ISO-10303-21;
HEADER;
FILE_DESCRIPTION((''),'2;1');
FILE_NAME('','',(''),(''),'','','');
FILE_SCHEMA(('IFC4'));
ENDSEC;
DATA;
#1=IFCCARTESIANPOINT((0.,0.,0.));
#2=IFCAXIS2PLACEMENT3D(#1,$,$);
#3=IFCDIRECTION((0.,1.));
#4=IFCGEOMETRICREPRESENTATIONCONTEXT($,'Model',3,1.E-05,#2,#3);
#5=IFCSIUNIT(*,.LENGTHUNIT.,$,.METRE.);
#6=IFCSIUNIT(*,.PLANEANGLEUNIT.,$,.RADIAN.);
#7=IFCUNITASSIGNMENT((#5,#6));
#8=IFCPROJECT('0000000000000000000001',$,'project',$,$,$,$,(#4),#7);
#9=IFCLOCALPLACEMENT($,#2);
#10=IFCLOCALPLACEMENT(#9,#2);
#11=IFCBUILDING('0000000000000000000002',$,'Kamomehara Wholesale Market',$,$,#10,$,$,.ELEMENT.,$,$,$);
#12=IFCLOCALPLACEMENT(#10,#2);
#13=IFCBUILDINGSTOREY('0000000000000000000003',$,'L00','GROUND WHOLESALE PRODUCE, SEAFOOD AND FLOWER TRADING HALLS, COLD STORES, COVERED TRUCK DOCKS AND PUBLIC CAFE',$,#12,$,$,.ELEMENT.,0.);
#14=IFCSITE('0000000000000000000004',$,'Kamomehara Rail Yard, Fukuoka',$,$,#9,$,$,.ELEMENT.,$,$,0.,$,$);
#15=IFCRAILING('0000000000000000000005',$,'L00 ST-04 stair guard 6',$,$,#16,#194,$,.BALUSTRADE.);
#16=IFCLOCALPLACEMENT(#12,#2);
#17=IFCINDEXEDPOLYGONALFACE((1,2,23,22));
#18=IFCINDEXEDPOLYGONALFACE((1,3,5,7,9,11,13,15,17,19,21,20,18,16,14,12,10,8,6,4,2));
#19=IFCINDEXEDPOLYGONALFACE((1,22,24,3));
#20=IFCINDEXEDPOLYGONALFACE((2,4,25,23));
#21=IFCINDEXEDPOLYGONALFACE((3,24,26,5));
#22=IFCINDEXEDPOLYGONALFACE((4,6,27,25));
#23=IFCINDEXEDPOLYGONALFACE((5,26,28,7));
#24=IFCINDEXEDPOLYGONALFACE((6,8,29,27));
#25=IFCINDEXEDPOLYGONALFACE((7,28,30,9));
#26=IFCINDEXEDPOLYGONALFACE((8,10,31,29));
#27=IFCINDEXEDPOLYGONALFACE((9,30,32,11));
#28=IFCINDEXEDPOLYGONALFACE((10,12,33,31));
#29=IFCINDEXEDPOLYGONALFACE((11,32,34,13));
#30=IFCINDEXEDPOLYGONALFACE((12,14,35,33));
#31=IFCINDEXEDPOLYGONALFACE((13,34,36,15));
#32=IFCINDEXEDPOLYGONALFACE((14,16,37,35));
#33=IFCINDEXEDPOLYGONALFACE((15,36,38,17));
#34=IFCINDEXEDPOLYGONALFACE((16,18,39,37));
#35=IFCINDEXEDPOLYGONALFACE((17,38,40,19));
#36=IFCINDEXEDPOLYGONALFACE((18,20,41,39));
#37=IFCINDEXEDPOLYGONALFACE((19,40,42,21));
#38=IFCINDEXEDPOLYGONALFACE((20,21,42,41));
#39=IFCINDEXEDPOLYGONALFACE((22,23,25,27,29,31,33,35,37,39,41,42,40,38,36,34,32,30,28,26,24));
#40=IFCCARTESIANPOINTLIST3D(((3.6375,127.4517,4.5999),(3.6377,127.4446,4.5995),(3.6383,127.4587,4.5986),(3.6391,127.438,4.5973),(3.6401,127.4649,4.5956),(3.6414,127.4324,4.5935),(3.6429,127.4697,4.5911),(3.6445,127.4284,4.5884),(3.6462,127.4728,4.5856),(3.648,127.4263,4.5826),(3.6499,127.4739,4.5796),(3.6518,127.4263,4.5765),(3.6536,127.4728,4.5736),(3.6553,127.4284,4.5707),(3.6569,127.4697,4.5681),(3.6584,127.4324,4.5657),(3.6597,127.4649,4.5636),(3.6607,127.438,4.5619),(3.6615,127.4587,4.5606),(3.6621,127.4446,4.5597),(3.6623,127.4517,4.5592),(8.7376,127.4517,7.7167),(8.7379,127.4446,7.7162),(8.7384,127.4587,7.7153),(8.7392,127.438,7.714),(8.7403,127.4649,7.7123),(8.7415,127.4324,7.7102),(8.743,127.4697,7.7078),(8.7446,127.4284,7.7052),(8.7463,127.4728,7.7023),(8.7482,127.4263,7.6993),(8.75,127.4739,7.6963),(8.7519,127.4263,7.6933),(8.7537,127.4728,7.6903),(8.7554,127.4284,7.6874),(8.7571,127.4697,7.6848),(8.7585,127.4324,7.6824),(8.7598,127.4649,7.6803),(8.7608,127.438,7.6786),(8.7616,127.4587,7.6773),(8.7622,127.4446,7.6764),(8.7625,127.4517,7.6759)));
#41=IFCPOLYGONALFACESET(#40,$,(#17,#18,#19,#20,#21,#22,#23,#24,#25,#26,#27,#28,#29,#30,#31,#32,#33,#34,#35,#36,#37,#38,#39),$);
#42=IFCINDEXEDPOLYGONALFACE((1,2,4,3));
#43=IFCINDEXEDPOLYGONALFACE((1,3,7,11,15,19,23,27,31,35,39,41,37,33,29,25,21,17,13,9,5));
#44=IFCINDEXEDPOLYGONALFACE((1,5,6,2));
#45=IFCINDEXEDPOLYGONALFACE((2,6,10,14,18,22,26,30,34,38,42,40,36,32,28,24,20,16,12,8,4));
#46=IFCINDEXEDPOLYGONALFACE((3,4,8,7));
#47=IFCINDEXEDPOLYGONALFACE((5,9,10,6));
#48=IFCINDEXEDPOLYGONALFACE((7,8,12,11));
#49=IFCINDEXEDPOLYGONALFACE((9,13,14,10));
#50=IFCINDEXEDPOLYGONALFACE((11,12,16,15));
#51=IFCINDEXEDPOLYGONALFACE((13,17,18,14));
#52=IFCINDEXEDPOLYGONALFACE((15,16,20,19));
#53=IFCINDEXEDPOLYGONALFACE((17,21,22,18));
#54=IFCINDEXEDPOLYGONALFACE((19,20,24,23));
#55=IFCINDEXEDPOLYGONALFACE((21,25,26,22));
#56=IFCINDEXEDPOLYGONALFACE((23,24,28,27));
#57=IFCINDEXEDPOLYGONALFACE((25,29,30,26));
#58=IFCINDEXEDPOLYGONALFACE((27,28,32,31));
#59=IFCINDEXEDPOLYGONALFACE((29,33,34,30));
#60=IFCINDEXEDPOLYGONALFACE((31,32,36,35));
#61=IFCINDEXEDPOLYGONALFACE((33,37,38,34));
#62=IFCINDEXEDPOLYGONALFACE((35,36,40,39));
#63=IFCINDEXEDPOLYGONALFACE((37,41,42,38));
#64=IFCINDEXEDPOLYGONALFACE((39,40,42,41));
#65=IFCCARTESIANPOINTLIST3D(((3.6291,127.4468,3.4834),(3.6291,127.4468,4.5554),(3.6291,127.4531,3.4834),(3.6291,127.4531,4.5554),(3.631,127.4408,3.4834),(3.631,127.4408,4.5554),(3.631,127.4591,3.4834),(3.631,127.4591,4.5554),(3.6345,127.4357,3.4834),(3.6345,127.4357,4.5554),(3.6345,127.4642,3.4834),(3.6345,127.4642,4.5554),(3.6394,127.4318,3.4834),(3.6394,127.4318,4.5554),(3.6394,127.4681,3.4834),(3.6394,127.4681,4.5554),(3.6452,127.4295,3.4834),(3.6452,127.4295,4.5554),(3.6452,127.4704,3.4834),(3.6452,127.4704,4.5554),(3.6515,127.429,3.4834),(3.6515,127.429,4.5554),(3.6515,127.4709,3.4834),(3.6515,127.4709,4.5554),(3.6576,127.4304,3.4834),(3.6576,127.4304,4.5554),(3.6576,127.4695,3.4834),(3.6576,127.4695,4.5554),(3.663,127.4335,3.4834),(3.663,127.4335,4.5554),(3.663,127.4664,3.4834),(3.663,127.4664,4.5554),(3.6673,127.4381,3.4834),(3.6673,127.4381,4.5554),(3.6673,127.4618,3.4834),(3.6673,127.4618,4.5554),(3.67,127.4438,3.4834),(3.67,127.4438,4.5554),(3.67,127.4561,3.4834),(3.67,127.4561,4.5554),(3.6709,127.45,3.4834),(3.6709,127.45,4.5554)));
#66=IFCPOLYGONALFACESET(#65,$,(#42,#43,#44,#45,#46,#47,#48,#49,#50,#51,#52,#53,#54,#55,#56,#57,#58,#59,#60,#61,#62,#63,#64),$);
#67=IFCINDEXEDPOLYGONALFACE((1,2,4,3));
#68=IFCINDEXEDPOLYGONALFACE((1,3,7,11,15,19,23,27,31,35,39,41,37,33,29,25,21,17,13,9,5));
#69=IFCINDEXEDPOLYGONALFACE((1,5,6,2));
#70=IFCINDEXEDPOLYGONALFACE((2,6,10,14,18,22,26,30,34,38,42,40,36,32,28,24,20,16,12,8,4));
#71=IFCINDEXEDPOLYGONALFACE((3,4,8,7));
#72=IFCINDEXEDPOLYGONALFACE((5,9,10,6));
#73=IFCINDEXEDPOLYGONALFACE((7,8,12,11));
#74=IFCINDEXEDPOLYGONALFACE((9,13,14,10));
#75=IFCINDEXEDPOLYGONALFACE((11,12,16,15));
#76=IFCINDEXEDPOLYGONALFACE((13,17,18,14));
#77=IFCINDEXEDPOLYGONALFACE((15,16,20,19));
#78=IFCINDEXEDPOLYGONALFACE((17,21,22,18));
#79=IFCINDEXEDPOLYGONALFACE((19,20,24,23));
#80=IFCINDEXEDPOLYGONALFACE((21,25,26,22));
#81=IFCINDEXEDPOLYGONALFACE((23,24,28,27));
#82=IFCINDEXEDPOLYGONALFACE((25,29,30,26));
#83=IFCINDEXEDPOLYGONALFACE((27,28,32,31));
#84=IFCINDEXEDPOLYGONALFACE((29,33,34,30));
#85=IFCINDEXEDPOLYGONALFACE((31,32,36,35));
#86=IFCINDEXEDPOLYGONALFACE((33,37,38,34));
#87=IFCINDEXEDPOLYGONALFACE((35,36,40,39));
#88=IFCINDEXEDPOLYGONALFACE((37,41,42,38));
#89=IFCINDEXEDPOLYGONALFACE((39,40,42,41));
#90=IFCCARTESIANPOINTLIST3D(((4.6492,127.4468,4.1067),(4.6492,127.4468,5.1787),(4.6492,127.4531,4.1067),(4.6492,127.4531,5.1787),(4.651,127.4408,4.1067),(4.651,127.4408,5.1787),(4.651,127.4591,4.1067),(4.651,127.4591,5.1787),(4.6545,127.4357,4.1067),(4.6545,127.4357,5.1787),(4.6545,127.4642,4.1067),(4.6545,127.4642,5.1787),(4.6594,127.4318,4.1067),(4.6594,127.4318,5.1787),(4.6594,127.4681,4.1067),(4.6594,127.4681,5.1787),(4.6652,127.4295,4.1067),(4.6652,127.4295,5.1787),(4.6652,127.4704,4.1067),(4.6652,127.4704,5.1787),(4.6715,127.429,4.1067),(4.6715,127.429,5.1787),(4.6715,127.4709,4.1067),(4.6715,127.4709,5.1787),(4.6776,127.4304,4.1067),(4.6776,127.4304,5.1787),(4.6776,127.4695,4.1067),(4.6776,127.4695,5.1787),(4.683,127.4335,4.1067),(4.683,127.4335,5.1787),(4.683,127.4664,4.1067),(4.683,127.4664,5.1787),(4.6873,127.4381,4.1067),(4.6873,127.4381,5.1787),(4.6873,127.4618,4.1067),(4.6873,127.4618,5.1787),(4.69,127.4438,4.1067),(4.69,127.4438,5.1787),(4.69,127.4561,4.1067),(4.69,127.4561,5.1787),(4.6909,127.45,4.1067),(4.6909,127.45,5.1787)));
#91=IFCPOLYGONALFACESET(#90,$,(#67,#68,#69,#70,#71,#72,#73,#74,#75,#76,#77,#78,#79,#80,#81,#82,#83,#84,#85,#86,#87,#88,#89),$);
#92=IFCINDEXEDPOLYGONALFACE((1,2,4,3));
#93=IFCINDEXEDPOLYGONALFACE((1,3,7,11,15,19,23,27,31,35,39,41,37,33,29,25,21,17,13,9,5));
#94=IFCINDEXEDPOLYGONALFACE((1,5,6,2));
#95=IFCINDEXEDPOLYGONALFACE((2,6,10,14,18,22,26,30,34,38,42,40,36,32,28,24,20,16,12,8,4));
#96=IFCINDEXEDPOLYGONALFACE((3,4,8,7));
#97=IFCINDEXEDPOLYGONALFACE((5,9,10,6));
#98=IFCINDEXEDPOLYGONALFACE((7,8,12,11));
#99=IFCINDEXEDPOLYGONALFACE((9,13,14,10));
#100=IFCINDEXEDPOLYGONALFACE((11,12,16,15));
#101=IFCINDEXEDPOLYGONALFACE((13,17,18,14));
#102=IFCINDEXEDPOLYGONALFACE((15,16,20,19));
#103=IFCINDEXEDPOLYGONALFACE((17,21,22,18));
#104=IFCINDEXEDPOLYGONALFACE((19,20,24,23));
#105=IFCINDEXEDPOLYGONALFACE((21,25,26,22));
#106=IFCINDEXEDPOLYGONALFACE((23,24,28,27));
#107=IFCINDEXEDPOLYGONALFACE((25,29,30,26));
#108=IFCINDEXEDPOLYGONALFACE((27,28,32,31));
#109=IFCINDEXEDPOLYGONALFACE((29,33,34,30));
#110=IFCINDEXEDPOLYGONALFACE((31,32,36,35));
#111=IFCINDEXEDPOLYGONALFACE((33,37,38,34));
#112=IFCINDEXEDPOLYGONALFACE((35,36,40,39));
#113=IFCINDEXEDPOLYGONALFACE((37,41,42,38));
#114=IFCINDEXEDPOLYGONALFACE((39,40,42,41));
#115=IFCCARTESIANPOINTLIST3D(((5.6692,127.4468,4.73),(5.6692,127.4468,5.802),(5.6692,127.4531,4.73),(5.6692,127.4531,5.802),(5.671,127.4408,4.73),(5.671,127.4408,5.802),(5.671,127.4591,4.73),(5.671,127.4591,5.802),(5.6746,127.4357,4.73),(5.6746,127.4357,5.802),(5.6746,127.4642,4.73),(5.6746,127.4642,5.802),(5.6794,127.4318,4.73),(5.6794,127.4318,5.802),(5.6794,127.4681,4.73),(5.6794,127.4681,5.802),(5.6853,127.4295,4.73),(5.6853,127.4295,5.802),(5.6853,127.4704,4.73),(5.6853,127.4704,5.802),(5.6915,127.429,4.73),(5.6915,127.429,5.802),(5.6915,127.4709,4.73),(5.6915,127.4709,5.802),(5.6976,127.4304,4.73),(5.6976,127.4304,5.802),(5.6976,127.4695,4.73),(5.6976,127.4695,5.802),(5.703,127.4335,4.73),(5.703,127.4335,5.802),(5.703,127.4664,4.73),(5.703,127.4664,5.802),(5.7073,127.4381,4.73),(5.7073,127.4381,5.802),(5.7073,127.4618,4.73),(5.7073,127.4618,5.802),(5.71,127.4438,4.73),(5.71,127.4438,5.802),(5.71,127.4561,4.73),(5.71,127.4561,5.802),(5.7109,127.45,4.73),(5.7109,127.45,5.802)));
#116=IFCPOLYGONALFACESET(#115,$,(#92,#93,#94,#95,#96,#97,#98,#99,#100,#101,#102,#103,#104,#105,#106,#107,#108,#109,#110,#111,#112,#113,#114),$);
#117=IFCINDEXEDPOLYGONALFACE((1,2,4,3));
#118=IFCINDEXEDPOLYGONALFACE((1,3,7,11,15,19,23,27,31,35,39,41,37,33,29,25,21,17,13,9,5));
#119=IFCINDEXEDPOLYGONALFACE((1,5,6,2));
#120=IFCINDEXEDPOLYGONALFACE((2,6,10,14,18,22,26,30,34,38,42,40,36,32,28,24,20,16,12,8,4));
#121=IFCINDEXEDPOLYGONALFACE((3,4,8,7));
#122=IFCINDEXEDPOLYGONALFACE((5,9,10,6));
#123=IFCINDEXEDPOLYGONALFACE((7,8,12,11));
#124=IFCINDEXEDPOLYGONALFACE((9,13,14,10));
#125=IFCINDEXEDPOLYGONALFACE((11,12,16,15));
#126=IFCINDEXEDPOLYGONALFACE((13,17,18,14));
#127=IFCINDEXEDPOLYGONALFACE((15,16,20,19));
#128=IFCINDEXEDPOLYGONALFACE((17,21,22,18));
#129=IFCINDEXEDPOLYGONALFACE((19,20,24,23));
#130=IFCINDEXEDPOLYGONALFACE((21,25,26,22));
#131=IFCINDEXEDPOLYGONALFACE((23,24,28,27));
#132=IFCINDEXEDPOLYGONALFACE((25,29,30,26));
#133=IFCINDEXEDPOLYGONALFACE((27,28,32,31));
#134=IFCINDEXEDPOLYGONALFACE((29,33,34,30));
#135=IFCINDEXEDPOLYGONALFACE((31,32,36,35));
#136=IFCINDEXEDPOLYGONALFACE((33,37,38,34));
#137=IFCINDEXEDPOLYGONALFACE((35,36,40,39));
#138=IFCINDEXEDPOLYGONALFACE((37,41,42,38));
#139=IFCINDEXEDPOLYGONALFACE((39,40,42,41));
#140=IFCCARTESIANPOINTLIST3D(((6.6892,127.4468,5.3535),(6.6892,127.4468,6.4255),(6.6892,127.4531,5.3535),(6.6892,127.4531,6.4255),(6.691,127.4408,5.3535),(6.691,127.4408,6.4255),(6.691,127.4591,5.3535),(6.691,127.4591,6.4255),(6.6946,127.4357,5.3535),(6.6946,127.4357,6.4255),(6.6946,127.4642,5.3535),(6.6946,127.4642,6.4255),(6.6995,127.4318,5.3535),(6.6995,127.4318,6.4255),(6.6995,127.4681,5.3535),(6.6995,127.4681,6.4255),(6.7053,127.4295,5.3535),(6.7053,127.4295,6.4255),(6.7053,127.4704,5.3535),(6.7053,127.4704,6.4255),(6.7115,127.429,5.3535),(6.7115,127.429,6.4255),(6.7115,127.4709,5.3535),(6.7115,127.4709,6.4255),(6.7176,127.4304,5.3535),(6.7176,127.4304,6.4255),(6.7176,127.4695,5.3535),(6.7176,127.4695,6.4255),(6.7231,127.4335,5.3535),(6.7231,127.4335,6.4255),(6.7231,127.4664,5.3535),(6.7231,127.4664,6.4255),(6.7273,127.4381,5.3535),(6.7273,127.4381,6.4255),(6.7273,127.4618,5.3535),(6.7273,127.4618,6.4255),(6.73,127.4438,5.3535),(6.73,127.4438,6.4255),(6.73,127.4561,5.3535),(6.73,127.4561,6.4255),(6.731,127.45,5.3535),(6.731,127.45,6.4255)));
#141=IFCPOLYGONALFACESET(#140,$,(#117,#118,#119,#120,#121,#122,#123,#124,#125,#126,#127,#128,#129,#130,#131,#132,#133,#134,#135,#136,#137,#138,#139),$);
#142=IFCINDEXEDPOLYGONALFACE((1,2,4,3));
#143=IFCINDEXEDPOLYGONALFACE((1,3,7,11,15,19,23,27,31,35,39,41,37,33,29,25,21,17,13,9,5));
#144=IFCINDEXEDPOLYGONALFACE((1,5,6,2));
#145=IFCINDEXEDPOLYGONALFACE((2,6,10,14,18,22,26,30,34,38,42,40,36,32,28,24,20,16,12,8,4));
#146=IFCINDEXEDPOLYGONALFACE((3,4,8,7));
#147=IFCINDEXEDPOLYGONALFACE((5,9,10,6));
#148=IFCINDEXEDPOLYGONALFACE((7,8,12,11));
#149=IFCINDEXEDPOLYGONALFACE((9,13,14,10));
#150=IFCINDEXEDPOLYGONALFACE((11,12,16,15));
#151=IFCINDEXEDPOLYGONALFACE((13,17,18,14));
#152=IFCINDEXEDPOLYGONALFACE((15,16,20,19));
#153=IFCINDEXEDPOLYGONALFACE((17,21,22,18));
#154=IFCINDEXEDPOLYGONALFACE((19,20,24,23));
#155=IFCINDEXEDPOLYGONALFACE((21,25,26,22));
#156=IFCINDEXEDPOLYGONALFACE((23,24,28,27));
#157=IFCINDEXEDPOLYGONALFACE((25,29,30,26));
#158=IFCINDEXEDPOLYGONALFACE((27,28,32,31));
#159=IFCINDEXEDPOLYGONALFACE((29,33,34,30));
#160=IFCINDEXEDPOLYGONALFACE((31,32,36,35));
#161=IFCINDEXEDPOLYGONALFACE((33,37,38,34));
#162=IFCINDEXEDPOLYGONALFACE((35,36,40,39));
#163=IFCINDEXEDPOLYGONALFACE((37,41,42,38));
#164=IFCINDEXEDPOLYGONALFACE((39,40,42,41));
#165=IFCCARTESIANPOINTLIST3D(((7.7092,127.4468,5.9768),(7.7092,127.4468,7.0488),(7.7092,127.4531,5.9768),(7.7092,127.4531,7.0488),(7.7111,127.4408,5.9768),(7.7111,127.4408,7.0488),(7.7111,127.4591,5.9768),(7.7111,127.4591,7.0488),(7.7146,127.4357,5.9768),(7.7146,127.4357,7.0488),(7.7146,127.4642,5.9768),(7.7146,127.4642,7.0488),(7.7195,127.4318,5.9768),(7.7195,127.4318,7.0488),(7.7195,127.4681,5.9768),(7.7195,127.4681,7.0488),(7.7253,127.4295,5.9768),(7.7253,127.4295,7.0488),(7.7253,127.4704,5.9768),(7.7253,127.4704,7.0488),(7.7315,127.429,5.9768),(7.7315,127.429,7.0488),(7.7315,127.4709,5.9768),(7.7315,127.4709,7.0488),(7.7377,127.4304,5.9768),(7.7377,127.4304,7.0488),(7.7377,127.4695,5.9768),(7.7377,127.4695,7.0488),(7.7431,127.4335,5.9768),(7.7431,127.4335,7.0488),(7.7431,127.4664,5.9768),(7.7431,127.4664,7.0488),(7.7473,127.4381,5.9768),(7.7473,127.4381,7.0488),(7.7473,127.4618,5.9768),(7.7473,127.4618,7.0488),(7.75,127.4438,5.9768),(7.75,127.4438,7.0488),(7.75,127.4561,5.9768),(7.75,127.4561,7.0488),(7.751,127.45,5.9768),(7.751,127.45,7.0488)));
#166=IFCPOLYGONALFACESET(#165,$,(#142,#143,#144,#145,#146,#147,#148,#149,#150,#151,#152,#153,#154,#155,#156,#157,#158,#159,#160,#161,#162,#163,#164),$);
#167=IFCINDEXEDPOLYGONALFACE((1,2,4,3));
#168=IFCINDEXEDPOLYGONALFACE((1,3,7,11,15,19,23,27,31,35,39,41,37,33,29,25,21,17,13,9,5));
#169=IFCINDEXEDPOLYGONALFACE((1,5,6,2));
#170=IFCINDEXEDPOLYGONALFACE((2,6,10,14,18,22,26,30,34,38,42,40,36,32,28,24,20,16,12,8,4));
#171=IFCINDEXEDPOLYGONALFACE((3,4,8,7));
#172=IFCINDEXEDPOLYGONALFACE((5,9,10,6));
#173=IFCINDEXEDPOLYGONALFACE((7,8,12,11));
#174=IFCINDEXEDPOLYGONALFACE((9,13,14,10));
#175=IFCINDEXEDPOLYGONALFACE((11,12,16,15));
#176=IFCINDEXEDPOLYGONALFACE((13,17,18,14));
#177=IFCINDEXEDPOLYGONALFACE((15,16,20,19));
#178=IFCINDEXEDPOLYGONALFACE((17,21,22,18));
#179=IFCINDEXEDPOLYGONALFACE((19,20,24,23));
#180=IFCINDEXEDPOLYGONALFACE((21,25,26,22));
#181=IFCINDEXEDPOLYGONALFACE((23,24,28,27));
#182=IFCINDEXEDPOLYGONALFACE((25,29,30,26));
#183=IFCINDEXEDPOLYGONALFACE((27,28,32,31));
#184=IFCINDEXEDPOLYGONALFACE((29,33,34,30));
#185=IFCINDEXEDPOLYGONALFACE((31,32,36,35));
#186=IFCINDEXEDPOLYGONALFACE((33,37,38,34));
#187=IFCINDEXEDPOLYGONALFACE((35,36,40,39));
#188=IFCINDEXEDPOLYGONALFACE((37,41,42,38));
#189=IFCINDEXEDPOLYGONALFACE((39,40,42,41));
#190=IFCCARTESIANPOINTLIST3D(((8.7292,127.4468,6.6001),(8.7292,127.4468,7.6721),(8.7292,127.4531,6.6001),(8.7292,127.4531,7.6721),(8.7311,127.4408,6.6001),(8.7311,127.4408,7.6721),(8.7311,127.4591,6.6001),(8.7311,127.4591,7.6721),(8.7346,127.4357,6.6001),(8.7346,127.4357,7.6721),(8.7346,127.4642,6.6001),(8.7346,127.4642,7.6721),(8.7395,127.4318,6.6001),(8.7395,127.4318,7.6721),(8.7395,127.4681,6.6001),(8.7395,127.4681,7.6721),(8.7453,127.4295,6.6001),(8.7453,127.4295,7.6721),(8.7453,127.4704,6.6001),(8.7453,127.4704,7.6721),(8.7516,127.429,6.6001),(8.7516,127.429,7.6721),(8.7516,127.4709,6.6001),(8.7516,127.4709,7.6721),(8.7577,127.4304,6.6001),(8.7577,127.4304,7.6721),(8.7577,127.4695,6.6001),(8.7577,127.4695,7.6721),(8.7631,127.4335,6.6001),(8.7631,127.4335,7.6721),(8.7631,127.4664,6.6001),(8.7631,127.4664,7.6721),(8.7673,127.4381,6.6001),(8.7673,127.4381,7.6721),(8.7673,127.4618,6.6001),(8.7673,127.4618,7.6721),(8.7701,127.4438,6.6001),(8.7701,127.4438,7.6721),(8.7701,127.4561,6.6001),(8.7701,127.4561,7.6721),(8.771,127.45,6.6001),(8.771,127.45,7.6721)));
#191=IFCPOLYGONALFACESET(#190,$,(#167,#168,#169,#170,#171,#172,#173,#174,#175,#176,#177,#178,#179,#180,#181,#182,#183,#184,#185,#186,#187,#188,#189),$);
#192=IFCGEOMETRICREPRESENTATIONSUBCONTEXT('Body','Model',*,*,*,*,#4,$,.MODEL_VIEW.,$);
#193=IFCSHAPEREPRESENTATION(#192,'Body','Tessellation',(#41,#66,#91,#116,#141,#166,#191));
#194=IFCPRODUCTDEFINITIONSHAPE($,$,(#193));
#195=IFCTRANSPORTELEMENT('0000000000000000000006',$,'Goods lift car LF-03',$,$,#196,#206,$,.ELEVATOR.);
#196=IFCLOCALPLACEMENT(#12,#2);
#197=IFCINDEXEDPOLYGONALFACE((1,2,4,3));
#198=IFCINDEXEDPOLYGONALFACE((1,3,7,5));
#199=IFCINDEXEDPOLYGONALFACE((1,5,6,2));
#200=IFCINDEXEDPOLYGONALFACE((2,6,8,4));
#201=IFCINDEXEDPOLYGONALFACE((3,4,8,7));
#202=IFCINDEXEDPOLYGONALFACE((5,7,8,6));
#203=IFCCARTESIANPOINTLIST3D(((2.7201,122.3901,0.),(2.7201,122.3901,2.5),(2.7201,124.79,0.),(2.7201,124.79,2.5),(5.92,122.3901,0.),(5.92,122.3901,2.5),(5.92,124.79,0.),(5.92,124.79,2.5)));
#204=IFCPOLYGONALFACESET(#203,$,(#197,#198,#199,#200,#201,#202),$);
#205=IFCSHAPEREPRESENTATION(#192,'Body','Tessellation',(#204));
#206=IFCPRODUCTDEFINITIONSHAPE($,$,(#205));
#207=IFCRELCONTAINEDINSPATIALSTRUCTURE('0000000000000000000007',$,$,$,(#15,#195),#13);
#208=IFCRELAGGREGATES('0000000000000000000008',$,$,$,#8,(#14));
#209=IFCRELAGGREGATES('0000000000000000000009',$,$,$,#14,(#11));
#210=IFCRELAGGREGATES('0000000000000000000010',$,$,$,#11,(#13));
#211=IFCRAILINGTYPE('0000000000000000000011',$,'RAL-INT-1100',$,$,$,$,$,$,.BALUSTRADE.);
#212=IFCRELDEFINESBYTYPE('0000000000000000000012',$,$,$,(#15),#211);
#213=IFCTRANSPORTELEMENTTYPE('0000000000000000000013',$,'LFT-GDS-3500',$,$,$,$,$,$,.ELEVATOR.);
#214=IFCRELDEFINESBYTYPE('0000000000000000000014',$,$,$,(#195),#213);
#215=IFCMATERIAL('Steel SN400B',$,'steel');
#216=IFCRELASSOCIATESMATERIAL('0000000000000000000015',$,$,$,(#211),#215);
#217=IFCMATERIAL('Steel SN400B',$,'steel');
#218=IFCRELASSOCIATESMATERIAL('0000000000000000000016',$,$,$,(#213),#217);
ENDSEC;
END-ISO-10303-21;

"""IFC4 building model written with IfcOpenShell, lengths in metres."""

from ifc_helpers import new_model, si_unit, direction, frame, origin, origin_2d, place, context, subcontext, project, spatial, rectangle, circle, extrude, material, type_object, element, save


model = new_model("IFC4")

# Units and contexts
model_context = context("Model", 3, precision=1e-05, world=origin(), true_north=direction((0.0, 1.0)))
body_context = subcontext(model_context, "Body", "Model", "MODEL_VIEW")
ifc_project = project(units=[si_unit("LENGTHUNIT", "METRE"), si_unit("PLANEANGLEUNIT", "RADIAN")], contexts=[model_context])

# Site, building, storey
site_placement = place(None, origin())
site = spatial("IfcSite", under=ifc_project, at=site_placement, Name="Kamomehara Rail Yard, Fukuoka", CompositionType="ELEMENT", RefElevation=0.0)
building_placement = place(site_placement, origin())
building = spatial("IfcBuilding", under=site, at=building_placement, Name="Kamomehara Wholesale Market", CompositionType="ELEMENT")
storey_placement = place(building_placement, origin())
storey = spatial("IfcBuildingStorey", under=building, at=storey_placement, Name="L00", Description="GROUND WHOLESALE PRODUCE, SEAFOOD AND FLOWER TRADING HALLS, COLD STORES, COVERED TRUCK DOCKS AND PUBLIC CAFE", CompositionType="ELEMENT", Elevation=0.0)

# Railing
ifc_material_1 = material(Name="Steel SN400B", Category="steel")
railing_type_1 = type_object("IfcRailingType", Name="RAL-INT-1100", PredefinedType="BALUSTRADE", material=ifc_material_1)
railing_1_placement = place(storey_placement, frame((3.6499, 127.45, 3.4834)))
element("IfcRailing", 1, at=railing_1_placement, inside=storey, type_object=railing_type_1, Name="L00 ST-04 stair guard 6", PredefinedType="BALUSTRADE", context=body_context, shape_type="SweptSolid", body=[
    extrude(circle(Radius=0.0239, at=origin_2d()), frame((0.0, 0.0, 1.0962), z_axis=(0.853284, 0.0, 0.521447), x_axis=(0.0, 1.0, 0.0)), (0.0, 0.0, 1.0), 5.9771),
    extrude(circle(Radius=0.021, at=origin_2d()), origin(), (0.0, 0.0, 1.0), 1.072),
    extrude(circle(Radius=0.021, at=origin_2d()), frame((1.02, 0.0, 0.6233)), (0.0, 0.0, 1.0), 1.072),
    extrude(circle(Radius=0.021, at=origin_2d()), frame((2.04, 0.0, 1.2466)), (0.0, 0.0, 1.0), 1.072),
    extrude(circle(Radius=0.021, at=origin_2d()), frame((3.0601, 0.0, 1.8701)), (0.0, 0.0, 1.0), 1.072),
    extrude(circle(Radius=0.021, at=origin_2d()), frame((4.0801, 0.0, 2.4934)), (0.0, 0.0, 1.0), 1.072),
    extrude(circle(Radius=0.021, at=origin_2d()), frame((5.1001, 0.0, 3.1167)), (0.0, 0.0, 1.0), 1.072),
])

# Transport element
ifc_material_2 = material(Name="Steel SN400B", Category="steel")
transport_element_type = type_object("IfcTransportElementType", Name="LFT-GDS-3500", PredefinedType="ELEVATOR", material=ifc_material_2)
transport_element_placement = place(storey_placement, frame((4.3201, 123.5901, 0.0), z_axis=(0.0, 0.0, 1.0), x_axis=(0.0, 1.0, 0.0)))
element("IfcTransportElement", 2, at=transport_element_placement, inside=storey, type_object=transport_element_type, Name="Goods lift car LF-03", PredefinedType="ELEVATOR", context=body_context, shape_type="SweptSolid", body=[
    extrude(rectangle(XDim=2.3999, YDim=3.2, at=origin_2d()), origin(), (0.0, 0.0, 1.0), 2.5),
])

save(model, "model.ifc")
